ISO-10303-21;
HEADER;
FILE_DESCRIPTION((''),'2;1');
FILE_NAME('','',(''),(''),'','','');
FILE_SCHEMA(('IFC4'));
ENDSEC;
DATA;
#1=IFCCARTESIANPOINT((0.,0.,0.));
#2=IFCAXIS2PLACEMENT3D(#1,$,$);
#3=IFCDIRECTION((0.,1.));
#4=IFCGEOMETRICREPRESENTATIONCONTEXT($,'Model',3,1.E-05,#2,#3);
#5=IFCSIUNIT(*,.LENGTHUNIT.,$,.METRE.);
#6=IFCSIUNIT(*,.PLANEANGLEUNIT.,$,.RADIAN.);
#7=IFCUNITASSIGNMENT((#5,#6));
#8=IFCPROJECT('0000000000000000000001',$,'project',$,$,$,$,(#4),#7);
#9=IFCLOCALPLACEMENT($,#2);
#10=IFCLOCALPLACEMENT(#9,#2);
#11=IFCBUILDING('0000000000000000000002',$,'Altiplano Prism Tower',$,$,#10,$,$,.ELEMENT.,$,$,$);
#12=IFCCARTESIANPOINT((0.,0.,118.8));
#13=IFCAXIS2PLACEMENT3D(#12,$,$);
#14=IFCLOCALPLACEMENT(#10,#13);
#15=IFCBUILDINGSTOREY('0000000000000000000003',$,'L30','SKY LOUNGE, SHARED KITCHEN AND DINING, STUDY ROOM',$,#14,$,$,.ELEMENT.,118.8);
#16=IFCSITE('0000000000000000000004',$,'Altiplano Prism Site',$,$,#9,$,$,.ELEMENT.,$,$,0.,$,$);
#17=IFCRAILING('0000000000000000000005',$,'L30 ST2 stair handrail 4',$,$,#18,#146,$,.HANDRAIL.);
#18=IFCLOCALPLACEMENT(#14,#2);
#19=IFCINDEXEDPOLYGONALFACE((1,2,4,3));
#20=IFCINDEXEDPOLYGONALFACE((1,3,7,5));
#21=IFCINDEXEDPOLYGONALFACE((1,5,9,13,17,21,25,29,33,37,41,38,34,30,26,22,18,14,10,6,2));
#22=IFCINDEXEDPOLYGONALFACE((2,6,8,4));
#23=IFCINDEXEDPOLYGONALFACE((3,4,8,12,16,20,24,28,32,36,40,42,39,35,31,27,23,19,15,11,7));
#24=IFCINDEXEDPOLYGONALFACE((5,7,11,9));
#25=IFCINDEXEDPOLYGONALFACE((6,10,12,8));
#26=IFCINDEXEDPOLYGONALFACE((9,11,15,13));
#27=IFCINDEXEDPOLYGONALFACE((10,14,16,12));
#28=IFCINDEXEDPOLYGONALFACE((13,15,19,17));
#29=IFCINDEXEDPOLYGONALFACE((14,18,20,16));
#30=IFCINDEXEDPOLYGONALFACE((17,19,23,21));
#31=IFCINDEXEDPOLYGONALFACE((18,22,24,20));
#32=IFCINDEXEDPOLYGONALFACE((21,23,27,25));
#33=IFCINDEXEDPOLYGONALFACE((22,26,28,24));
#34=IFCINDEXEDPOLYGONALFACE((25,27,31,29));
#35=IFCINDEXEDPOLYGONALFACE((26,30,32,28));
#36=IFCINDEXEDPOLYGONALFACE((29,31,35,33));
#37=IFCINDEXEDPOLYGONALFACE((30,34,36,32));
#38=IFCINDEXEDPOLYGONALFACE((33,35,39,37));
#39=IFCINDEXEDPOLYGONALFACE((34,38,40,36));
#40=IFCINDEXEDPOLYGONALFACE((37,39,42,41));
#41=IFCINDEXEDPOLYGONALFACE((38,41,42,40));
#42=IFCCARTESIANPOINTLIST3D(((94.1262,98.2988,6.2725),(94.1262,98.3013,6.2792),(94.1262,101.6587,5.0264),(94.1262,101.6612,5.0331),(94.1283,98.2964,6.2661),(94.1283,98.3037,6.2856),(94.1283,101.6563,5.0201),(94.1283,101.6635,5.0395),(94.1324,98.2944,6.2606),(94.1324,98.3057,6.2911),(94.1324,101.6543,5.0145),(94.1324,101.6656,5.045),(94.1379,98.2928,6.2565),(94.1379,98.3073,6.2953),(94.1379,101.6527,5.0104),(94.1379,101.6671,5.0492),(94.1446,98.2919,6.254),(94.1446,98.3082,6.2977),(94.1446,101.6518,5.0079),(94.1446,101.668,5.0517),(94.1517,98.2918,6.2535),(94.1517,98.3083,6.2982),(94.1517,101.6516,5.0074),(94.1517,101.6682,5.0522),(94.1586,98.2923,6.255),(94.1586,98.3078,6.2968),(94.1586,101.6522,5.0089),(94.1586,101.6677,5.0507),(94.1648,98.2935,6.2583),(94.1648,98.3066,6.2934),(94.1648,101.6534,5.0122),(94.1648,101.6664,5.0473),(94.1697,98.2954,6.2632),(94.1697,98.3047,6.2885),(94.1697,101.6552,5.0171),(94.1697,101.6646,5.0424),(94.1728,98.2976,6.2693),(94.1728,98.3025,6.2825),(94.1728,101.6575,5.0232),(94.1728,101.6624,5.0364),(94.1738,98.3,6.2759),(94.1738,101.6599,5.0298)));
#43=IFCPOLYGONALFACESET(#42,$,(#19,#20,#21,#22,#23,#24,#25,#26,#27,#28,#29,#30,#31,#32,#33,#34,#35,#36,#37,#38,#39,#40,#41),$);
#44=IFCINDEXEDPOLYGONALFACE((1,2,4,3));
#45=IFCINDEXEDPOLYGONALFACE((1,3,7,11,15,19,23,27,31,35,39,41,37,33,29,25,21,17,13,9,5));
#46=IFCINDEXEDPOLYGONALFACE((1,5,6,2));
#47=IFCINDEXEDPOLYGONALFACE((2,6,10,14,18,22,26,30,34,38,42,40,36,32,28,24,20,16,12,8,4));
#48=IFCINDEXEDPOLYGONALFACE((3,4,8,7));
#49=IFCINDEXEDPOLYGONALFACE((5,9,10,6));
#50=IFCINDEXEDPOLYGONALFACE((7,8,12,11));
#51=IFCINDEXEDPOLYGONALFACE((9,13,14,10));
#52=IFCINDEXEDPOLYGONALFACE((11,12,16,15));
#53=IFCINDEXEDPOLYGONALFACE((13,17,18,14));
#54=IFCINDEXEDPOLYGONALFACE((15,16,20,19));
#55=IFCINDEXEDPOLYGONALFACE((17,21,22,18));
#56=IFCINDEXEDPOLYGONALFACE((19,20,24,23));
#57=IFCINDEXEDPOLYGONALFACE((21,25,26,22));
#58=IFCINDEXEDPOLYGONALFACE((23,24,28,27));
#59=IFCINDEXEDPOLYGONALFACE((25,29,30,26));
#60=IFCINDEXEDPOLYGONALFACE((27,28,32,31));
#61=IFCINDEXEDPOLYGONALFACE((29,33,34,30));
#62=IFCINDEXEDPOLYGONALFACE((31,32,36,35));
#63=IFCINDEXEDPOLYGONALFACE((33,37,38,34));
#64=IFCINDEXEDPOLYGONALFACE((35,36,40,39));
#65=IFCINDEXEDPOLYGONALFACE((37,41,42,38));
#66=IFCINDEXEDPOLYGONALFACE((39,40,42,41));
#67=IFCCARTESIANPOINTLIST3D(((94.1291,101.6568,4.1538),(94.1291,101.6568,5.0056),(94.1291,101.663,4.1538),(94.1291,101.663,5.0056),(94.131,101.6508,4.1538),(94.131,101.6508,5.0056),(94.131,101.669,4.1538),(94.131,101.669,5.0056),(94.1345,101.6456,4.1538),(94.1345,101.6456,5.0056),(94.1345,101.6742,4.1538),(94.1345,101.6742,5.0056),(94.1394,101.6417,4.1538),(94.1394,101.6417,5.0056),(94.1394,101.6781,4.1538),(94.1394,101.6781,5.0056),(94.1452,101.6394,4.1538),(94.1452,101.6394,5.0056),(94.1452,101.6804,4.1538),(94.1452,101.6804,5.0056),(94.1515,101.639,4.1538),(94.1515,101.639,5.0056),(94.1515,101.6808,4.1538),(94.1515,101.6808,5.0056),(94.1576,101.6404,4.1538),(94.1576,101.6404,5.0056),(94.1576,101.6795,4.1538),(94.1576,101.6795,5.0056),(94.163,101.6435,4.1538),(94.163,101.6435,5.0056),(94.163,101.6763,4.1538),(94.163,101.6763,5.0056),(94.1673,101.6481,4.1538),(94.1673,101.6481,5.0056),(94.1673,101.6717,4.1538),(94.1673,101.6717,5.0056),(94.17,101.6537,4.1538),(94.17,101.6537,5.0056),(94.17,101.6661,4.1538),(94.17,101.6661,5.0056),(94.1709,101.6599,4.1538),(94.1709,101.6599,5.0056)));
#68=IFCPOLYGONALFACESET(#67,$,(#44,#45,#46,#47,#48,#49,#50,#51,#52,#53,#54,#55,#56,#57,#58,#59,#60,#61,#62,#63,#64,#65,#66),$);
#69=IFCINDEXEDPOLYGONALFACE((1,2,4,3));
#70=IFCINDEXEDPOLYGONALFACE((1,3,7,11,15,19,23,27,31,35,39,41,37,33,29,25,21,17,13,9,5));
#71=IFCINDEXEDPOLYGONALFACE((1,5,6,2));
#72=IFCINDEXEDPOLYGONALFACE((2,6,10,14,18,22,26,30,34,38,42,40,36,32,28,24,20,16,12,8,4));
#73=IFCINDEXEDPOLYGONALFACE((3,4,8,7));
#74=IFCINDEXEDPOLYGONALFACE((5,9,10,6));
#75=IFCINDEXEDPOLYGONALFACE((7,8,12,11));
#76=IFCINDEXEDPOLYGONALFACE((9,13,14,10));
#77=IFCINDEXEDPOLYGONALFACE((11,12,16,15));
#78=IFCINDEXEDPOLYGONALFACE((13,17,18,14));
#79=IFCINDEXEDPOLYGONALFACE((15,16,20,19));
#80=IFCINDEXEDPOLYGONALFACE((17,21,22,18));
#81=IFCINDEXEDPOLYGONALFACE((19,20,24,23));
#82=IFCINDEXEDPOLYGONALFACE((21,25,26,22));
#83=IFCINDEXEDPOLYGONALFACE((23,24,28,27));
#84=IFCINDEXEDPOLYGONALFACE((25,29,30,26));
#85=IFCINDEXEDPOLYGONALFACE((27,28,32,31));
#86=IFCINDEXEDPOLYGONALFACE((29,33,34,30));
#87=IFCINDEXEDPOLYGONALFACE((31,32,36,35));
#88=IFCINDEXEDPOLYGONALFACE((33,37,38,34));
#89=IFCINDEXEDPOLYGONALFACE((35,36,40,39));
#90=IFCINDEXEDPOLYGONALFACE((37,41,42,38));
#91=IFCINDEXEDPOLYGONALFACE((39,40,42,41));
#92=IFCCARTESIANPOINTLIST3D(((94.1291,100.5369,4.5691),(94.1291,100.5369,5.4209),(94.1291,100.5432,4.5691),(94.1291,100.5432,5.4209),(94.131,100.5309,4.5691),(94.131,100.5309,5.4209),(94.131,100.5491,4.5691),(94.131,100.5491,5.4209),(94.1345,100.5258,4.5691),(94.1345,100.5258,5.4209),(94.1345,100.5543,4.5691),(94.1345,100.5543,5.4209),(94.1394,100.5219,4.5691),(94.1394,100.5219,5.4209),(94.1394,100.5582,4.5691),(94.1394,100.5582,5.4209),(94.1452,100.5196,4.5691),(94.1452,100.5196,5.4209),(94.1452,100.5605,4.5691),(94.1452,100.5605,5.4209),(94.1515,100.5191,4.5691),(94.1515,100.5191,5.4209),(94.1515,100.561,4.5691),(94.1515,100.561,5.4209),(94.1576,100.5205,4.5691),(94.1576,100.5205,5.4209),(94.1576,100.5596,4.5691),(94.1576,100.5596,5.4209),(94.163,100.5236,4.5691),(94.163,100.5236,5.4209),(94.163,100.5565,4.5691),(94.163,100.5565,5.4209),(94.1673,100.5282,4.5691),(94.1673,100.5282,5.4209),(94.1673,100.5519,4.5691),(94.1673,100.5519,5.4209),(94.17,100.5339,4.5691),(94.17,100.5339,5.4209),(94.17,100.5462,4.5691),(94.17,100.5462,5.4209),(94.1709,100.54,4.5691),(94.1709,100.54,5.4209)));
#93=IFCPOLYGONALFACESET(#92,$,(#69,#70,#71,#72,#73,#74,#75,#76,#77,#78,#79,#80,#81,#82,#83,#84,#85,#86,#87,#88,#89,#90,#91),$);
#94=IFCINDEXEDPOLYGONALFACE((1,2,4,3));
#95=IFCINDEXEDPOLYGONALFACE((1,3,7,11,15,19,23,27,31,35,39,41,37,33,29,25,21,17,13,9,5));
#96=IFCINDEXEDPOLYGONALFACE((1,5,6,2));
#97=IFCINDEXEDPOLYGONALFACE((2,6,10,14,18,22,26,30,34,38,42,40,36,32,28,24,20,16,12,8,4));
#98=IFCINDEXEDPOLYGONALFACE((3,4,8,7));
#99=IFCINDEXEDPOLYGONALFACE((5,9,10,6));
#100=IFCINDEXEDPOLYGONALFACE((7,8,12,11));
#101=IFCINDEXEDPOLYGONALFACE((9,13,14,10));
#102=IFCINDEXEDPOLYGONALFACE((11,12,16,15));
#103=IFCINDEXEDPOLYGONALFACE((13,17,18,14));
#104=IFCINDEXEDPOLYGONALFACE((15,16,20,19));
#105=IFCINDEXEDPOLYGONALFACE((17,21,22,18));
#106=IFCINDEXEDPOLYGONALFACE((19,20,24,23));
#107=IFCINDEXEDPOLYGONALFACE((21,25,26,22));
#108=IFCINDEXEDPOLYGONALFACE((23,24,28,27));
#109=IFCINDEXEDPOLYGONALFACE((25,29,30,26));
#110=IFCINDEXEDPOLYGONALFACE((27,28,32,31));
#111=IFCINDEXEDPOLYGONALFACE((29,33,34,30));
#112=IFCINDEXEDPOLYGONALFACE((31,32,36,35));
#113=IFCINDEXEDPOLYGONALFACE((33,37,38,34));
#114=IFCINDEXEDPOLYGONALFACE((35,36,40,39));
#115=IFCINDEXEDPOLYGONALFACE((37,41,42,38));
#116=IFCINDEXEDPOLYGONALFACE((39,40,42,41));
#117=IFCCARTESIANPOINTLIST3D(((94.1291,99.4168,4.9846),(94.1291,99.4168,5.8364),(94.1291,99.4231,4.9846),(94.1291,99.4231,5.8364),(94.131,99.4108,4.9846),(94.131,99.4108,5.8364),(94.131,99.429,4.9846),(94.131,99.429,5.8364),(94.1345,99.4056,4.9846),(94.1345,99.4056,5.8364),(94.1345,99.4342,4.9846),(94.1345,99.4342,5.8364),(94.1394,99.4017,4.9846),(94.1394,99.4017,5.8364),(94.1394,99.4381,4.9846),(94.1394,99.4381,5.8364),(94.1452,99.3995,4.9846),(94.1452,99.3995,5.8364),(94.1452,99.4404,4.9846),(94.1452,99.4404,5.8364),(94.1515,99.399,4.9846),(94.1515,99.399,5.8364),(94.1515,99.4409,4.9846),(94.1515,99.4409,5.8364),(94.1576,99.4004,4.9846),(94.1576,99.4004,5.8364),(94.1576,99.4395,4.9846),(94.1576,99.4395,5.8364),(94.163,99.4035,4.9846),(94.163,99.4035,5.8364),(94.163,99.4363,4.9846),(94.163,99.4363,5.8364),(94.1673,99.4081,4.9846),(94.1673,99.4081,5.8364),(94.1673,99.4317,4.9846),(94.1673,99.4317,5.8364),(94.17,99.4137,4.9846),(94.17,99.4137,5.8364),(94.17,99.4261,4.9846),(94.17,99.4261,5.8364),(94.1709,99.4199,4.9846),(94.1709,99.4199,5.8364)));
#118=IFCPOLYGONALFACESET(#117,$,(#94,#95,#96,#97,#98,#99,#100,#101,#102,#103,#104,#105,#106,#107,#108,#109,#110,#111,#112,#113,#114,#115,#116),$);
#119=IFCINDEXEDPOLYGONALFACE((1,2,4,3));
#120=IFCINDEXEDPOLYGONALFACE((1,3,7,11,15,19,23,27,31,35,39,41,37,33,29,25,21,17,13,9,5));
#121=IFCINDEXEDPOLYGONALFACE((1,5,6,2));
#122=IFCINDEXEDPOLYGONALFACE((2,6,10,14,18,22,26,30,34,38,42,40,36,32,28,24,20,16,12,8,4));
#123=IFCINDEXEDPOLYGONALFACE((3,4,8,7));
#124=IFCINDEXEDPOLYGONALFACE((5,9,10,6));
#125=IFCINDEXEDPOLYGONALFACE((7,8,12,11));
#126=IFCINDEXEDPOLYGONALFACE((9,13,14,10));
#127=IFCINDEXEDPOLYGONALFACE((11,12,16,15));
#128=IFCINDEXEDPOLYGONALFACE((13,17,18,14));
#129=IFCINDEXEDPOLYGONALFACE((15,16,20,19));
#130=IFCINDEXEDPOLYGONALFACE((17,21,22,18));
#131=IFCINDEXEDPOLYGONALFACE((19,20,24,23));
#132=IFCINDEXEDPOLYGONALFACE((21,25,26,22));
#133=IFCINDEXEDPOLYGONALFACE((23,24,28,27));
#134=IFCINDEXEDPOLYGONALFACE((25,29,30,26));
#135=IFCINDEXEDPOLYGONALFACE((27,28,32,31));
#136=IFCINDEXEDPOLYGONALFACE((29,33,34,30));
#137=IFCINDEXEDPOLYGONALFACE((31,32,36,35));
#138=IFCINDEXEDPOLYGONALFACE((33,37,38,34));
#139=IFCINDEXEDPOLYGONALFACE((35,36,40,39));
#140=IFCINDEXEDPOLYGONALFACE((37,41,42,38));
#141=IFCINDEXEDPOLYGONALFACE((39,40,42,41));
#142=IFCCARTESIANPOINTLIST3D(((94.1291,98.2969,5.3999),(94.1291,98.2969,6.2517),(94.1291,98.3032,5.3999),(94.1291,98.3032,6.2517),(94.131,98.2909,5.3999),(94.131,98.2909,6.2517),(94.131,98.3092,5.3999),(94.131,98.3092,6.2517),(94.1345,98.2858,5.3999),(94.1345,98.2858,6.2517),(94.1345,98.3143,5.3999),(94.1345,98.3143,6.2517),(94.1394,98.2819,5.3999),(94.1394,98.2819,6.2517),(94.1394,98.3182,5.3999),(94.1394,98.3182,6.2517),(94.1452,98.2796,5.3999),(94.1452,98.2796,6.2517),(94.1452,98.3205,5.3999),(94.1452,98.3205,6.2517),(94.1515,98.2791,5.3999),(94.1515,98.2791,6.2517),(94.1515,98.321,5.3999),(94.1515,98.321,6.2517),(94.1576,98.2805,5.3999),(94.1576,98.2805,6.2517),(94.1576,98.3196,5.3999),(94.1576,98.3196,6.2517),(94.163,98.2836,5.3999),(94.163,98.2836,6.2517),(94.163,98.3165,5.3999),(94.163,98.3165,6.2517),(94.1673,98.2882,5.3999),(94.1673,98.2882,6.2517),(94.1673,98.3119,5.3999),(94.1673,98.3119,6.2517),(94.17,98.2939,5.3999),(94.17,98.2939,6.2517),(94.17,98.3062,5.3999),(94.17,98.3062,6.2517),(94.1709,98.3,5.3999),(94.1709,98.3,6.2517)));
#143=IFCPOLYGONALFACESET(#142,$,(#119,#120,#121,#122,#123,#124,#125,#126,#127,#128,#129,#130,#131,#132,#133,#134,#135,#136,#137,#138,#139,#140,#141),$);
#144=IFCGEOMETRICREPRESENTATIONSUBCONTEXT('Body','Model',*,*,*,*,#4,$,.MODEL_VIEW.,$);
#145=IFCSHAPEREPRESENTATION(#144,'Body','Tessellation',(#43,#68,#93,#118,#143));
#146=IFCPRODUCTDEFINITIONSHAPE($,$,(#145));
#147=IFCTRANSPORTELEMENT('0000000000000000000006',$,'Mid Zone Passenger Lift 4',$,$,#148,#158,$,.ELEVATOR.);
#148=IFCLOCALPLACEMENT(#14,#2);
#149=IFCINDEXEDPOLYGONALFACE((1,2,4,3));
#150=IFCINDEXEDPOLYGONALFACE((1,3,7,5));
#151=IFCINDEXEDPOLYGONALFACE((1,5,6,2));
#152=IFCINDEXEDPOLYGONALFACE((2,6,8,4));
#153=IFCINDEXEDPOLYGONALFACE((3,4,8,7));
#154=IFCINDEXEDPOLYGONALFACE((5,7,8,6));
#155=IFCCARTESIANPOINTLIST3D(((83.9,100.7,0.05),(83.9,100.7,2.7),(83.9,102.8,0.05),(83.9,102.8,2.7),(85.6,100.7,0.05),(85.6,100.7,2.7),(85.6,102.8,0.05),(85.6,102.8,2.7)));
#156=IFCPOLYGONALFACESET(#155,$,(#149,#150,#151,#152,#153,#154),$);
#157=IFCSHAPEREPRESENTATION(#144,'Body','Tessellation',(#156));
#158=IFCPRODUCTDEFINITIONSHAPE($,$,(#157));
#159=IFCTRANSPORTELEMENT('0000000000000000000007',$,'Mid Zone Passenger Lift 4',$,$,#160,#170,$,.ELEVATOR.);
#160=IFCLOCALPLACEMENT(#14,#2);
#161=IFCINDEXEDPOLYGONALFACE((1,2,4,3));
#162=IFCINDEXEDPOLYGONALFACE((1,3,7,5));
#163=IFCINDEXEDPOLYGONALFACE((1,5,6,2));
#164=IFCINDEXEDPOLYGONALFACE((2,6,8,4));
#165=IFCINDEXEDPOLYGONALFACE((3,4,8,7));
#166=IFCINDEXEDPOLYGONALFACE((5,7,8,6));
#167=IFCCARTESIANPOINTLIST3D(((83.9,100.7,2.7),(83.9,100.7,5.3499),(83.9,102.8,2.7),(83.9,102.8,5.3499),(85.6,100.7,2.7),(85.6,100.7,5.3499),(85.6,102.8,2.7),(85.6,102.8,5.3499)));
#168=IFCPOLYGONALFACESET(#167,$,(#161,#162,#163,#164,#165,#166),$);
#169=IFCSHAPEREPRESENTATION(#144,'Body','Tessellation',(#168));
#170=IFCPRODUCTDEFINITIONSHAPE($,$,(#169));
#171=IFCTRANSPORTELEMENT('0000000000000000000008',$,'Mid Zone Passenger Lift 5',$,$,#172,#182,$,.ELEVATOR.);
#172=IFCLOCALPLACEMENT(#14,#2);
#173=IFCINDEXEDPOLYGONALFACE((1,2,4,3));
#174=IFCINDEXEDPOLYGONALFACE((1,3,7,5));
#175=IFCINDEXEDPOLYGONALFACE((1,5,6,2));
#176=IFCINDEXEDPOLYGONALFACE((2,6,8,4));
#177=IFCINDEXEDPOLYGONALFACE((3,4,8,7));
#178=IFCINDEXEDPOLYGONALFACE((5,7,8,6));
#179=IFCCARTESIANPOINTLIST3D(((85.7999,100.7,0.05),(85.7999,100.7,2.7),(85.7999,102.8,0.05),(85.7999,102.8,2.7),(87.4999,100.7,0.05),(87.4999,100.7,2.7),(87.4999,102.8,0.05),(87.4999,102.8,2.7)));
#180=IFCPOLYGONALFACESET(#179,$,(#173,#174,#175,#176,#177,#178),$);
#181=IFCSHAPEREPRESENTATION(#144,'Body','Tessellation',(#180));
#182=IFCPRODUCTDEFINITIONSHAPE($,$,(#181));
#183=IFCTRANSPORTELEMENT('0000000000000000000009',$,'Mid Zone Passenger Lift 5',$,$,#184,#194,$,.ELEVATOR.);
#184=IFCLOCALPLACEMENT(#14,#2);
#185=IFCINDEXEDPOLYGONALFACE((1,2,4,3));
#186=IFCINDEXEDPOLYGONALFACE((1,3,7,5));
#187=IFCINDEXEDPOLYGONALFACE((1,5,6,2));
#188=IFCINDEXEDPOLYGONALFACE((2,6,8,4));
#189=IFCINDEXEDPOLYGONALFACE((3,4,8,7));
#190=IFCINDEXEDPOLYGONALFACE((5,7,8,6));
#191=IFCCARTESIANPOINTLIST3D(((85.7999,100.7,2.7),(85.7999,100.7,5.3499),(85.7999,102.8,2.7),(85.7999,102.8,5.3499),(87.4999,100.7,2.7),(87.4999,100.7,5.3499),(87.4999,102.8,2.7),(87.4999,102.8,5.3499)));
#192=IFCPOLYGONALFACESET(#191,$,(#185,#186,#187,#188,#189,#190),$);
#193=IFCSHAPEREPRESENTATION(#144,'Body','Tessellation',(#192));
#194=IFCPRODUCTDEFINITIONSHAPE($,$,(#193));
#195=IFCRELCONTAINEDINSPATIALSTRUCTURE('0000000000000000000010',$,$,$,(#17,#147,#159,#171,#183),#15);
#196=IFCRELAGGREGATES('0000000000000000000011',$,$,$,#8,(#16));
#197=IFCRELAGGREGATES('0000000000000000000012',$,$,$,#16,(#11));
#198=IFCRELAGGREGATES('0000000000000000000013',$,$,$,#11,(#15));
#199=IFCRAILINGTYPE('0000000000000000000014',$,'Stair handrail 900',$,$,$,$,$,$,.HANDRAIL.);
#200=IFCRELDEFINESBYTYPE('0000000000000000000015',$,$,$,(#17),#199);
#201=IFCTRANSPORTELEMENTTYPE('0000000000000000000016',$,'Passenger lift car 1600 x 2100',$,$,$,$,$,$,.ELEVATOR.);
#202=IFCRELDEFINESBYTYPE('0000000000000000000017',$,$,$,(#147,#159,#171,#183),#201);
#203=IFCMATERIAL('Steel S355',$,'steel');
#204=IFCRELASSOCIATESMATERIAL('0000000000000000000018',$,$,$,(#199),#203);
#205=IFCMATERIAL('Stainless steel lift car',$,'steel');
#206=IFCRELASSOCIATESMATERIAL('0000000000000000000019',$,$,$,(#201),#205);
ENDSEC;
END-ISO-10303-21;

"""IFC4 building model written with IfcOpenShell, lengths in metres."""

from ifc_helpers import new_model, si_unit, direction, frame, origin, origin_2d, place, context, subcontext, project, spatial, rectangle, circle, extrude, material, type_object, element, save


model = new_model("IFC4")

# Units and contexts
model_context = context("Model", 3, precision=1e-05, world=origin(), true_north=direction((0.0, 1.0)))
body_context = subcontext(model_context, "Body", "Model", "MODEL_VIEW")
ifc_project = project(units=[si_unit("LENGTHUNIT", "METRE"), si_unit("PLANEANGLEUNIT", "RADIAN")], contexts=[model_context])

# Site, building, storey
site_placement = place(None, origin())
site = spatial("IfcSite", under=ifc_project, at=site_placement, Name="Altiplano Prism Site", CompositionType="ELEMENT", RefElevation=0.0)
building_placement = place(site_placement, origin())
building = spatial("IfcBuilding", under=site, at=building_placement, Name="Altiplano Prism Tower", CompositionType="ELEMENT")
storey_placement = place(building_placement, frame((0.0, 0.0, 118.8)))
storey = spatial("IfcBuildingStorey", under=building, at=storey_placement, Name="L30", Description="SKY LOUNGE, SHARED KITCHEN AND DINING, STUDY ROOM", CompositionType="ELEMENT", Elevation=118.8)

# Railing
ifc_material_1 = material(Name="Steel S355", Category="steel")
railing_type_1 = type_object("IfcRailingType", Name="Stair handrail 900", PredefinedType="HANDRAIL", material=ifc_material_1)
for number, where, name in (
    (1, (94.1499, 101.6599, 4.1538), "L30 ST2 stair handrail 4"),
):
    element("IfcRailing", number, at=place(storey_placement, frame(where)), inside=storey, type_object=railing_type_1, Name=name, PredefinedType="HANDRAIL", context=body_context, shape_type="SweptSolid", body=[
        extrude(circle(Radius=0.0239, at=origin_2d()), frame((0.0, 0.0, 0.876), z_axis=(0.0, -0.937594, 0.347731), x_axis=(1.0, 0.0, 0.0)), (0.0, 0.0, 1.0), 3.5835),
        extrude(circle(Radius=0.021, at=origin_2d()), origin(), (0.0, 0.0, 1.0), 0.8518),
        extrude(circle(Radius=0.021, at=origin_2d()), frame((0.0, -1.1199, 0.4153)), (0.0, 0.0, 1.0), 0.8518),
        extrude(circle(Radius=0.021, at=origin_2d()), frame((0.0, -2.24, 0.8308)), (0.0, 0.0, 1.0), 0.8518),
        extrude(circle(Radius=0.021, at=origin_2d()), frame((0.0, -3.3599, 1.2461)), (0.0, 0.0, 1.0), 0.8518),
    ])

# Transport elements
ifc_material_2 = material(Name="Stainless steel lift car", Category="steel")
transport_element_type = type_object("IfcTransportElementType", Name="Passenger lift car 1600 x 2100", PredefinedType="ELEVATOR", material=ifc_material_2)
for number, where, z_axis, x_axis, name in (
    (2, (84.75, 101.75, 0.05), (0.0, 0.0, 1.0), (1.0, 0.0, 0.0), "Mid Zone Passenger Lift 4"),
    (3, (84.75, 101.75, 2.7), (0.0, 0.0, 1.0), (1.0, 0.0, 0.0), "Mid Zone Passenger Lift 4"),
    (4, (86.6499, 101.75, 0.05), (0.0, 0.0, 1.0), (1.0, 0.0, 0.0), "Mid Zone Passenger Lift 5"),
    (5, (86.6499, 101.75, 2.7), (0.0, 0.0, 1.0), (1.0, 0.0, 0.0), "Mid Zone Passenger Lift 5"),
):
    element("IfcTransportElement", number, at=place(storey_placement, frame(where, z_axis=z_axis, x_axis=x_axis)), inside=storey, type_object=transport_element_type, Name=name, PredefinedType="ELEVATOR", context=body_context, shape_type="SweptSolid", body=[
        extrude(rectangle(XDim=1.7, YDim=2.1001, at=origin_2d()), origin(), (0.0, 0.0, 1.0), 2.6499),
    ])

save(model, "model.ifc")
